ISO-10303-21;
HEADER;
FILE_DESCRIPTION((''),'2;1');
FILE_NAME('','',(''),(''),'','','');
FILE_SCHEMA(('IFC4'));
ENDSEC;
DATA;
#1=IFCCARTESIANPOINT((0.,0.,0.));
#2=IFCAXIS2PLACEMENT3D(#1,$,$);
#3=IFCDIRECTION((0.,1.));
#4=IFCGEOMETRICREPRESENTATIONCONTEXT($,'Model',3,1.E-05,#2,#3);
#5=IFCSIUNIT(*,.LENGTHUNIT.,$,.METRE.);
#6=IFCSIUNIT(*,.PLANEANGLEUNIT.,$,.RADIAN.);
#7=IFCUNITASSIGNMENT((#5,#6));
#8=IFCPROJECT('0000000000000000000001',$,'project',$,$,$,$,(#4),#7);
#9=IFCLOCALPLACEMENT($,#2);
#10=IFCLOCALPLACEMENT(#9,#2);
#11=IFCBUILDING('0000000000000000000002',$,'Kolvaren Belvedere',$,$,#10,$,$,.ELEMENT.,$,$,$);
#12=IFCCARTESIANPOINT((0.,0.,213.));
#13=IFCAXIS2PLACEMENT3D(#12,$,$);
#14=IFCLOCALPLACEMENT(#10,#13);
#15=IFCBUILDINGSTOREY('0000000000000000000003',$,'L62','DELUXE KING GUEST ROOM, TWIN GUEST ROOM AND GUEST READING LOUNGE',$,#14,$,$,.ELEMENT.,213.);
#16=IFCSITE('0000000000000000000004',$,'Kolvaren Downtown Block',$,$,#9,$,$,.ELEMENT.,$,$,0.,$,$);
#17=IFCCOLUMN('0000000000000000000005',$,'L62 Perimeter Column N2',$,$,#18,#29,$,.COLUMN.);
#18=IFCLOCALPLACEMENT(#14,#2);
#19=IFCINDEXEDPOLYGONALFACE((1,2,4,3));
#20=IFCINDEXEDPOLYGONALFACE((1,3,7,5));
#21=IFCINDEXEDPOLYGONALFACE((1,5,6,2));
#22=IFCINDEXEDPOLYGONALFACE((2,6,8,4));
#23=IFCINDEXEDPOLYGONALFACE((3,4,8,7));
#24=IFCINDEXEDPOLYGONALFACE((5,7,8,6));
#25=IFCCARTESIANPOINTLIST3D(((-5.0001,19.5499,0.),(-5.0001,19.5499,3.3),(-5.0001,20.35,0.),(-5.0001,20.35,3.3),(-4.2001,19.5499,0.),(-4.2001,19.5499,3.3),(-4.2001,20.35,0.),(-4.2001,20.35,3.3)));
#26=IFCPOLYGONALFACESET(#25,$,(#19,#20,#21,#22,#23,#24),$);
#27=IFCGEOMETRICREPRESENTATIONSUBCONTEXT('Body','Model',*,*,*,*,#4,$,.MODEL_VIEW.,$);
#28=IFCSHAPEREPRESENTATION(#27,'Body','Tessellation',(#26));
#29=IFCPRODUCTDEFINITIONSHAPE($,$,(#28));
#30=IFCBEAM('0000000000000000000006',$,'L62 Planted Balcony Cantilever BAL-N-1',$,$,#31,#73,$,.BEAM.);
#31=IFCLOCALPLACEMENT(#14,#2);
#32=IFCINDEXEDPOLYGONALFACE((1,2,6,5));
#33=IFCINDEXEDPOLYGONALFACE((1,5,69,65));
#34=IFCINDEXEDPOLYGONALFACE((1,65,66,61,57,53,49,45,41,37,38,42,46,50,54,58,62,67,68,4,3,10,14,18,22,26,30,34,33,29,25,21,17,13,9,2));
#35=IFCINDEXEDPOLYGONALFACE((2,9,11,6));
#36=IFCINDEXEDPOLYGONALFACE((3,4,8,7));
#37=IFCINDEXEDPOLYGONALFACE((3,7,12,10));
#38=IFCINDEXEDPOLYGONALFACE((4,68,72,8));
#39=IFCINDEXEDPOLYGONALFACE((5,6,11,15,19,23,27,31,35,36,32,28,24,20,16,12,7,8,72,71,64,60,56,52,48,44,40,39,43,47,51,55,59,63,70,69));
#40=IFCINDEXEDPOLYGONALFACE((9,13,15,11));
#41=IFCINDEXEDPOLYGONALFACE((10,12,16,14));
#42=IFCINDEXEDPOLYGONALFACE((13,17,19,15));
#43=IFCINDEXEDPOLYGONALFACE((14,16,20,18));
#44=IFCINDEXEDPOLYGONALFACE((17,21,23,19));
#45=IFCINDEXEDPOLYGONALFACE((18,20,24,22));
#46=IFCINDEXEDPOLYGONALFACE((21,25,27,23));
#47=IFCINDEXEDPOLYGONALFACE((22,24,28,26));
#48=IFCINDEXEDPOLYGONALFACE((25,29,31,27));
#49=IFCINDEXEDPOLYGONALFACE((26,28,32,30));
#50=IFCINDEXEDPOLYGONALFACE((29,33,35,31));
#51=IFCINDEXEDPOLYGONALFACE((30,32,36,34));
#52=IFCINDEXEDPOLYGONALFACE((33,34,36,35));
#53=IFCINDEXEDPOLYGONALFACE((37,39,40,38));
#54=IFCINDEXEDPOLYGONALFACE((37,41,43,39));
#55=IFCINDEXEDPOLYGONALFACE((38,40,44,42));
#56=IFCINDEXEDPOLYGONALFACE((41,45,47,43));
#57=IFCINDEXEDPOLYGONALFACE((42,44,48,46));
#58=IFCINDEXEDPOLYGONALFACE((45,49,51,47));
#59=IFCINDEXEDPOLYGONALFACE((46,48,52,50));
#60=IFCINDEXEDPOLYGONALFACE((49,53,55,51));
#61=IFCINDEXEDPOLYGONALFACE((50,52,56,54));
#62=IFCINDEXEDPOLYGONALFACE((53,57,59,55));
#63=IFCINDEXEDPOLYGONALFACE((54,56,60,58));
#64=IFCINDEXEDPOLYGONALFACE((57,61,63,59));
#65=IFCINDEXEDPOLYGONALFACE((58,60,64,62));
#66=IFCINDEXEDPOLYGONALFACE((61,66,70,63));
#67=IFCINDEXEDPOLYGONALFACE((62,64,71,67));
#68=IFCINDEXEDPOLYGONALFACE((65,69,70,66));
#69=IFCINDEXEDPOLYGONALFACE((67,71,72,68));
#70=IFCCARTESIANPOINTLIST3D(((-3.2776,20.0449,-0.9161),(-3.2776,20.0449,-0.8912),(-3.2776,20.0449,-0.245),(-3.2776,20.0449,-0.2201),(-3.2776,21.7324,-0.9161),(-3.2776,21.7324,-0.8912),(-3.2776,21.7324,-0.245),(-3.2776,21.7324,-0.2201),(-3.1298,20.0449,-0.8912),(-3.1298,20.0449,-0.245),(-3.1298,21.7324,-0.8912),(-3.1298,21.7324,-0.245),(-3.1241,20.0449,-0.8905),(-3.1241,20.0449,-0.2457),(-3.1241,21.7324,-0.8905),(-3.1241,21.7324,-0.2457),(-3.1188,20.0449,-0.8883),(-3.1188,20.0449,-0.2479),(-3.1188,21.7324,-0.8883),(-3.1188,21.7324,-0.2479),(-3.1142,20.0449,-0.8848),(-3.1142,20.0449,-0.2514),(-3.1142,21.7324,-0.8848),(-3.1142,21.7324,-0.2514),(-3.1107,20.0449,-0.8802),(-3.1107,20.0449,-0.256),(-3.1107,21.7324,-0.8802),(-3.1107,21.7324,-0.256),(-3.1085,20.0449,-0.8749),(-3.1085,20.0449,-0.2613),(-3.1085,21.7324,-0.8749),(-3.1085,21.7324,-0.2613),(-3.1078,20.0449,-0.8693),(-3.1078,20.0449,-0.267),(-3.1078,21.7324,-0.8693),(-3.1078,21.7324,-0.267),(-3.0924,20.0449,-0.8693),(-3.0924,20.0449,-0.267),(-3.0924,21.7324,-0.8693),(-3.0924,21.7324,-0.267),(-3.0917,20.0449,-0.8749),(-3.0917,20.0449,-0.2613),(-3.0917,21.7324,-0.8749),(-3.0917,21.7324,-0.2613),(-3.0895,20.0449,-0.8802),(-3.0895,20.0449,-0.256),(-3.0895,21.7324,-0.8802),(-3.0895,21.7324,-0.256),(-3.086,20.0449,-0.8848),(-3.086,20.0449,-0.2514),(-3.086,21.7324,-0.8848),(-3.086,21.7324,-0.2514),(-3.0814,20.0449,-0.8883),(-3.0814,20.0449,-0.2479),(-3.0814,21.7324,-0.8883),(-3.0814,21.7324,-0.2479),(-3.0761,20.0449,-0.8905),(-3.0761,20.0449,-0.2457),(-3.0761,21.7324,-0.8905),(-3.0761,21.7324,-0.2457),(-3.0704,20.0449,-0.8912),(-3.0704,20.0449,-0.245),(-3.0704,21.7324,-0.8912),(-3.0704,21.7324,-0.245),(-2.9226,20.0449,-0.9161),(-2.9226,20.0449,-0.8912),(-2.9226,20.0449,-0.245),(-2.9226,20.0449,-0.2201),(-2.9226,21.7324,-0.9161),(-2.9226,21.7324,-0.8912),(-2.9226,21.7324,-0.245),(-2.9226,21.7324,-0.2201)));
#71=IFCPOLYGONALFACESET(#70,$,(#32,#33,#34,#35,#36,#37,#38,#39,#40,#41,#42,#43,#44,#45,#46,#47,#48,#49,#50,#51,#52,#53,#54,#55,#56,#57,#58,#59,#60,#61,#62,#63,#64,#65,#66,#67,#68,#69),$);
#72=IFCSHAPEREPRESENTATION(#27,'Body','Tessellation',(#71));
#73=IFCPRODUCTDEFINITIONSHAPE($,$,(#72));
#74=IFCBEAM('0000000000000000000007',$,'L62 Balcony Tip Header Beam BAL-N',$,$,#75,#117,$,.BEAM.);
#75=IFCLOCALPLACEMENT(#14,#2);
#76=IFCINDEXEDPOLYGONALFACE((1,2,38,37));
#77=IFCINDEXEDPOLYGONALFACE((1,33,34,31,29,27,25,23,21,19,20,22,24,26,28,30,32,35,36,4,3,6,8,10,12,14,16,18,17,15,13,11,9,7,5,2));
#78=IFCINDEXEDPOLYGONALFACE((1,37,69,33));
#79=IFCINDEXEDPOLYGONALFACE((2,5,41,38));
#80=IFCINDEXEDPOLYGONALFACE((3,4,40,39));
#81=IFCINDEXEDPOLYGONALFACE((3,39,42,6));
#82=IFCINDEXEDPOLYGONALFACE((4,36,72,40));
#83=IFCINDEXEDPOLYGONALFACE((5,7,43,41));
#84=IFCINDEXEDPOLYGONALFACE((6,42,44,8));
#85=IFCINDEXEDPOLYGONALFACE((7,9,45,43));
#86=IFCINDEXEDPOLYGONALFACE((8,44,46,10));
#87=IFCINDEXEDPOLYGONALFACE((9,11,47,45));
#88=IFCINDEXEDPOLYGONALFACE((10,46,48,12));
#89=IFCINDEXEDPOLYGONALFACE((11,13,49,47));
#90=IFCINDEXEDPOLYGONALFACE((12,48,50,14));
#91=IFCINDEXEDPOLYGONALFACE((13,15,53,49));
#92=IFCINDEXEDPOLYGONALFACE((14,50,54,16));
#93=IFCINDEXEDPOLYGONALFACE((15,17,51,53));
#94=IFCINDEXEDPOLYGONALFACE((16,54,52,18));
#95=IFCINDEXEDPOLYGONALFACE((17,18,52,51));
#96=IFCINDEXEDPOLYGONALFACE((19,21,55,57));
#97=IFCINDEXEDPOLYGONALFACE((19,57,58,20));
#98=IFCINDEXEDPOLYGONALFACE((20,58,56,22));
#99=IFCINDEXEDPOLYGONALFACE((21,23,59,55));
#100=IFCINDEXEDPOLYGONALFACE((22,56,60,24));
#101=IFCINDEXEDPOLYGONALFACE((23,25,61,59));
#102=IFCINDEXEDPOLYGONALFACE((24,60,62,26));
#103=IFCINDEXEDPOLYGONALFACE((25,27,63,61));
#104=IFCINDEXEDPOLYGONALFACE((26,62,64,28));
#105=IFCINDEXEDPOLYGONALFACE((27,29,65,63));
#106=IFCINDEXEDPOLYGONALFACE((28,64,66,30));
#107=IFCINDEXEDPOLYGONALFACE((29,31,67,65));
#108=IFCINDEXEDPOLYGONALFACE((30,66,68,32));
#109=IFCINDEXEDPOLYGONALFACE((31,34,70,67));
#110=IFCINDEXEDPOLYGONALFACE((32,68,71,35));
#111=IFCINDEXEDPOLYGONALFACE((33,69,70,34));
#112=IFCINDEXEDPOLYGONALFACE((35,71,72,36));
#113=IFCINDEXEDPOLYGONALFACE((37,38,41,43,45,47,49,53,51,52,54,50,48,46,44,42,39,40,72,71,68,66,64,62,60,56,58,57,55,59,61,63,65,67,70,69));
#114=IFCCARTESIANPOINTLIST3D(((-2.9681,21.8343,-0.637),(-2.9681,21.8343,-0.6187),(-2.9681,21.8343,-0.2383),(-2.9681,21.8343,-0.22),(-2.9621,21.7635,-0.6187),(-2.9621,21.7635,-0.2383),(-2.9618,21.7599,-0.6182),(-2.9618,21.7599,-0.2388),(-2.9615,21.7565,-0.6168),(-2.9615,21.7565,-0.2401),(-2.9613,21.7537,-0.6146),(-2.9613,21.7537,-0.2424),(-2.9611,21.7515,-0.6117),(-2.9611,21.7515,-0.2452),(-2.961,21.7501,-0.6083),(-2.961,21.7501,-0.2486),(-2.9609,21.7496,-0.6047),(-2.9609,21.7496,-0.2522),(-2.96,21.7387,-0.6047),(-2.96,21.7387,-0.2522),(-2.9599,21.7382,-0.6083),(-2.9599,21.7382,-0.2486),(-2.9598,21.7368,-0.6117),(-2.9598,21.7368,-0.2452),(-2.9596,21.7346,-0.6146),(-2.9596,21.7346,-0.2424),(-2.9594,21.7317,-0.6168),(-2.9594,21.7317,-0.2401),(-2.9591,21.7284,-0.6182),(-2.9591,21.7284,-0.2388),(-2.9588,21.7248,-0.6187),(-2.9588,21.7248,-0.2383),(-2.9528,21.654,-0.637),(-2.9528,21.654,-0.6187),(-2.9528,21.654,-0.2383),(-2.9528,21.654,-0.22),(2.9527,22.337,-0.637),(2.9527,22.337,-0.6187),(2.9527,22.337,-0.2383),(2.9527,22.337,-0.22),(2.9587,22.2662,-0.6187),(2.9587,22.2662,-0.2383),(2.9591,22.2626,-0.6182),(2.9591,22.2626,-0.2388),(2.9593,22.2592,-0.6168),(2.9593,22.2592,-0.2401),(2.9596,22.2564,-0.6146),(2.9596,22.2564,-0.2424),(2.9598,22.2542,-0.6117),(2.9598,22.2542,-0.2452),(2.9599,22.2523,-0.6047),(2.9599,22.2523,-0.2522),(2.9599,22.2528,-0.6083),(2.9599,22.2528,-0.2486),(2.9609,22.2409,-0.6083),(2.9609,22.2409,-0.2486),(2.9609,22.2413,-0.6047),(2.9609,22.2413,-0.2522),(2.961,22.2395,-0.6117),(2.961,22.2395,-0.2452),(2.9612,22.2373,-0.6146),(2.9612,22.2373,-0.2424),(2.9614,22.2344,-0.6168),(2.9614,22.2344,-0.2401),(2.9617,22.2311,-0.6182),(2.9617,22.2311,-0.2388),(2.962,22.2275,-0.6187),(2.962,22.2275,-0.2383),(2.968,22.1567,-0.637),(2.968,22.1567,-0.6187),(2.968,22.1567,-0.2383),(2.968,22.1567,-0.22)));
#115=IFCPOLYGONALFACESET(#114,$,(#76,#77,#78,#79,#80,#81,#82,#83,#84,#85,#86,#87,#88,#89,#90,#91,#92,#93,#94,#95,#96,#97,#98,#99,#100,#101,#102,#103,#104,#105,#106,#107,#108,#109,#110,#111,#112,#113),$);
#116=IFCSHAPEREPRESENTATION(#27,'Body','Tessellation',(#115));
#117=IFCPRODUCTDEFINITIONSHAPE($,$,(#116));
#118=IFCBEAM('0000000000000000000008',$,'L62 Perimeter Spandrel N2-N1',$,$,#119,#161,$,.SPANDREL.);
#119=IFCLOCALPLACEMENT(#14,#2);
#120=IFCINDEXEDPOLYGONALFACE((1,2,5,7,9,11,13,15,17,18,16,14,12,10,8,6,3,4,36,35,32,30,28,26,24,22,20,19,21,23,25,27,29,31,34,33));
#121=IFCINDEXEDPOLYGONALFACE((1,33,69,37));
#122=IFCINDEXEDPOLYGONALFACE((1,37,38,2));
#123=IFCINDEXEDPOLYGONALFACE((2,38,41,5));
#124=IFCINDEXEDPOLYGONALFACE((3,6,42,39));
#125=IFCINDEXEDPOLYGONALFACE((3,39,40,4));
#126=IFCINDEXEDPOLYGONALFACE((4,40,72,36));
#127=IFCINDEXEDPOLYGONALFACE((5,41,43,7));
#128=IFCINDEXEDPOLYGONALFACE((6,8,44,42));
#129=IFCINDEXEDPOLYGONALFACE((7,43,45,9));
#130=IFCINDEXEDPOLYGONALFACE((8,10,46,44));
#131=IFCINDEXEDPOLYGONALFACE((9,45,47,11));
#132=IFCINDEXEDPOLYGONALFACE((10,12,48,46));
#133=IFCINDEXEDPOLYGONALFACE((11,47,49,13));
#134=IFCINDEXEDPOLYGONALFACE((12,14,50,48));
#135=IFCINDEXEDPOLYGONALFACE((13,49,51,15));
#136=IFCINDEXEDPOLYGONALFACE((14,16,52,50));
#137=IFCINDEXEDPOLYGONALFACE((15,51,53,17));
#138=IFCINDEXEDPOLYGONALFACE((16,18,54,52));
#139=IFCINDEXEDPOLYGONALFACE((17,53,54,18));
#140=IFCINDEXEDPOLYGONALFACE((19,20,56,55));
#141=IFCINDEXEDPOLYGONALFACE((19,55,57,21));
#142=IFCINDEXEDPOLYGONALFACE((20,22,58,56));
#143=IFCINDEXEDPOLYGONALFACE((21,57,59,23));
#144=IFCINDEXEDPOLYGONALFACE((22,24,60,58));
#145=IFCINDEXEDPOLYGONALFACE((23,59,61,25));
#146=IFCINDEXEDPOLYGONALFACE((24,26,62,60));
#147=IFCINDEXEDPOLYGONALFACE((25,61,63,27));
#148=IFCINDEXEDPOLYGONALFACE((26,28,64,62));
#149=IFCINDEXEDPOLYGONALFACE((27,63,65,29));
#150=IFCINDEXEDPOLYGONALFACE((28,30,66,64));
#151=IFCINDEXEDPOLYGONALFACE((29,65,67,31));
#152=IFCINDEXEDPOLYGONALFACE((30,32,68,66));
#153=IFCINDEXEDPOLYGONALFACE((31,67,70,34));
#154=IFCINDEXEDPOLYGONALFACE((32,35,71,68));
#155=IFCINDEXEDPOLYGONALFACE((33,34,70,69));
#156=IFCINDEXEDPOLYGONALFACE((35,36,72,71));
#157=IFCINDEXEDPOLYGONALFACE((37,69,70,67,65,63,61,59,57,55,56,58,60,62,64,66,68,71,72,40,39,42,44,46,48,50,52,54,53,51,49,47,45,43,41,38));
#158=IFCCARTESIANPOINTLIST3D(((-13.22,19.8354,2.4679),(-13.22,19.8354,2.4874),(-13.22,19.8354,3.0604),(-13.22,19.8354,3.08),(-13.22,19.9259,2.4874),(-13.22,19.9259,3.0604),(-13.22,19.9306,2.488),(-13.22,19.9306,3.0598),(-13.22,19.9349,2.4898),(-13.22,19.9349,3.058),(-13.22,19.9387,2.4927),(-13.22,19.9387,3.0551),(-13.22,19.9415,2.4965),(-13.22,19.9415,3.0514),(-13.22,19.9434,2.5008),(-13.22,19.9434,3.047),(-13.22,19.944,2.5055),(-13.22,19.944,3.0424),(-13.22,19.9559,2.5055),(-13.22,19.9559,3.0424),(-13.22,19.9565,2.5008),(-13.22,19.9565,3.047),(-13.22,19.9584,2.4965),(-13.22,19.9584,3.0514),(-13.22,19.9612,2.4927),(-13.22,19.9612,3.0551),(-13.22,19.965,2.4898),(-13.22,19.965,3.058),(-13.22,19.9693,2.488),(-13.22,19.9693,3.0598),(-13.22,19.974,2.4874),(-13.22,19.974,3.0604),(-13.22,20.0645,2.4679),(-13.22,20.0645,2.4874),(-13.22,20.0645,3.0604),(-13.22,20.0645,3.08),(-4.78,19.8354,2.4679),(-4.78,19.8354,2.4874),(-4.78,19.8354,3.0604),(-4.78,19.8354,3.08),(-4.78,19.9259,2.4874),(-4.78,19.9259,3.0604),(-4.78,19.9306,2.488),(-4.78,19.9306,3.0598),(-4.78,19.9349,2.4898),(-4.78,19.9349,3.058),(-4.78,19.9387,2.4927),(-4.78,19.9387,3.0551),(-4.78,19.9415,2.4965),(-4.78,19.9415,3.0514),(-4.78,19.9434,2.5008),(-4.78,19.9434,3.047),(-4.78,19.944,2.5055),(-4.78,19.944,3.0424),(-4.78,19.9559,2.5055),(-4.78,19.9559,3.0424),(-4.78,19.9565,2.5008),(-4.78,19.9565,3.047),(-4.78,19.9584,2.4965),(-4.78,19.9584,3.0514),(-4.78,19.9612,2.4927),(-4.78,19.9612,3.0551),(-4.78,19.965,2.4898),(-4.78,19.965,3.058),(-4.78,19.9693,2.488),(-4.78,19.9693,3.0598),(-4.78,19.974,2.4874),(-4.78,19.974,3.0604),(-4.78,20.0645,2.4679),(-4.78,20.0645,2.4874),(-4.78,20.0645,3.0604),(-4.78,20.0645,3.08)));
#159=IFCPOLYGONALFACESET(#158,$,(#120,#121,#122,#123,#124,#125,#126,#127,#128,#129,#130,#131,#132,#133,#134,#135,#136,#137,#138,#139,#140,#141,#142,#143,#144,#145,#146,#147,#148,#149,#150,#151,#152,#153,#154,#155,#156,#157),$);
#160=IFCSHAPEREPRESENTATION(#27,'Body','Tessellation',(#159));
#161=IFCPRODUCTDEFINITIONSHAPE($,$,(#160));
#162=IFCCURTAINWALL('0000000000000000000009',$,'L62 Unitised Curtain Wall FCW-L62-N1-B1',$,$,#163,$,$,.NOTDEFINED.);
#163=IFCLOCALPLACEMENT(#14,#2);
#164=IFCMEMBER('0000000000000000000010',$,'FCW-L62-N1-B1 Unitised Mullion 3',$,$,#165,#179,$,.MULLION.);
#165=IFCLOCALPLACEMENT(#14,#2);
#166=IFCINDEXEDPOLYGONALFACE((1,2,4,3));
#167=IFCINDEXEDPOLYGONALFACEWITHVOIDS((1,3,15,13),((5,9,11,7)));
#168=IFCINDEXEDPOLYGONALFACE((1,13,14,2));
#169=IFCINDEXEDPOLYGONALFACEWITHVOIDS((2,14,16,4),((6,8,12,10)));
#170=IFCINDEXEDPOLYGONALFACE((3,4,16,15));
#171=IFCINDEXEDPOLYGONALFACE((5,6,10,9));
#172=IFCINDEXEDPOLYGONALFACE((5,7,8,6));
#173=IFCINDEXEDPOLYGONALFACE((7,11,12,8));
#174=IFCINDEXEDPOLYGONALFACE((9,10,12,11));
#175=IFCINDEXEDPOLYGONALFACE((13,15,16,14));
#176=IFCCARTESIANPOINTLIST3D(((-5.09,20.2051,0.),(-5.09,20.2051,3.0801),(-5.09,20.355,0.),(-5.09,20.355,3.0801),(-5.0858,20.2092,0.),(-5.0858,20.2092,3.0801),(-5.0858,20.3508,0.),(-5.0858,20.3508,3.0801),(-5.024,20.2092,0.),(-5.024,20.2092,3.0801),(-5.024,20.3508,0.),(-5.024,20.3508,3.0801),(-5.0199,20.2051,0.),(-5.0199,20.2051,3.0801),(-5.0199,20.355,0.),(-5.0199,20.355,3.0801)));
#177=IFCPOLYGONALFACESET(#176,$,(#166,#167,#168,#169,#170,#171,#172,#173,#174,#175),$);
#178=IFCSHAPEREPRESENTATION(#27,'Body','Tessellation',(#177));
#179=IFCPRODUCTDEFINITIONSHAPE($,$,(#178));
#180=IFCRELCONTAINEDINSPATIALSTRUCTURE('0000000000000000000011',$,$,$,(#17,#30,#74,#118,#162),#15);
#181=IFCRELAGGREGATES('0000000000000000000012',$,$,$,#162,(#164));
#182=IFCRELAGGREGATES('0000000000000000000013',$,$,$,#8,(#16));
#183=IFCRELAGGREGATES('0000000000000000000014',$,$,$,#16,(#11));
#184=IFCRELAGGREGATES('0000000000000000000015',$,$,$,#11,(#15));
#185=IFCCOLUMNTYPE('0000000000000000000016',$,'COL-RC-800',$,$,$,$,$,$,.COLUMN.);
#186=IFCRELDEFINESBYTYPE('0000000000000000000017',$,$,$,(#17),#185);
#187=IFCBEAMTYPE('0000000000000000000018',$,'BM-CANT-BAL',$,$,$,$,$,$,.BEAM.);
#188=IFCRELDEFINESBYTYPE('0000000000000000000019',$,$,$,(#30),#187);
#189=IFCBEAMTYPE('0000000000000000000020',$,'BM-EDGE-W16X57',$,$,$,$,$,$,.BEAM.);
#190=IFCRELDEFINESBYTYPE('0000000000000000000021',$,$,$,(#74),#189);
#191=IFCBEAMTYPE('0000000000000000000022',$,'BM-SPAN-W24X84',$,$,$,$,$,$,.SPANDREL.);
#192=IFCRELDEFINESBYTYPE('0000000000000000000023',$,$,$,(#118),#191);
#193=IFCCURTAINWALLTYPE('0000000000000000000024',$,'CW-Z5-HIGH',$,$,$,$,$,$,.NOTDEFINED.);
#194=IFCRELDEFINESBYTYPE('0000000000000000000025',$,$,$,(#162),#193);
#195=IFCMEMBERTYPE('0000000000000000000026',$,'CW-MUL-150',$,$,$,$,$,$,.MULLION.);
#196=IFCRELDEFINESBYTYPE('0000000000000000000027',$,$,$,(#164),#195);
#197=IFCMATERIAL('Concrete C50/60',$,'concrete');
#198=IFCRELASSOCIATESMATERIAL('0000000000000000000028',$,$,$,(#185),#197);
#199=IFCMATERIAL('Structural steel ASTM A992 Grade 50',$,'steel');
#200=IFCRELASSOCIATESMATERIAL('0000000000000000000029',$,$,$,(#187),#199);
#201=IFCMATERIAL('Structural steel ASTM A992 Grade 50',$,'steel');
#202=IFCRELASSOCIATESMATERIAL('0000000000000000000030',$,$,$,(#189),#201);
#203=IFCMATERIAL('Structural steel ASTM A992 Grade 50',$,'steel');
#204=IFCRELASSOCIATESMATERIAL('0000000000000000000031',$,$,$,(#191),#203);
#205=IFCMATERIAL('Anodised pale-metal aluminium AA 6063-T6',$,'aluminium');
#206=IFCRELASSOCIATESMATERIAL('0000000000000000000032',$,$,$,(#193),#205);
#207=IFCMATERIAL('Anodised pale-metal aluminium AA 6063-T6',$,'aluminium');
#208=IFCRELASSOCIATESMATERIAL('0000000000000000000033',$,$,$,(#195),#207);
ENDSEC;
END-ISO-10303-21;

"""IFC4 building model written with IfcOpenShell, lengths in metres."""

from ifc_helpers import new_model, si_unit, direction, frame, origin, origin_2d, place, context, subcontext, project, spatial, rectangle, hollow_rectangle, i_section, extrude, material, material_profile, profile_set, type_object, element, aggregate, save


model = new_model("IFC4")

# Units and contexts
model_context = context("Model", 3, precision=1e-05, world=origin(), true_north=direction((0.0, 1.0)))
body_context = subcontext(model_context, "Body", "Model", "MODEL_VIEW")
ifc_project = project(units=[si_unit("LENGTHUNIT", "METRE"), si_unit("PLANEANGLEUNIT", "RADIAN")], contexts=[model_context])

# Site, building, storey
site_placement = place(None, origin())
site = spatial("IfcSite", under=ifc_project, at=site_placement, Name="Kolvaren Downtown Block", CompositionType="ELEMENT", RefElevation=0.0)
building_placement = place(site_placement, origin())
building = spatial("IfcBuilding", under=site, at=building_placement, Name="Kolvaren Belvedere", CompositionType="ELEMENT")
storey_placement = place(building_placement, frame((0.0, 0.0, 213.0)))
storey = spatial("IfcBuildingStorey", under=building, at=storey_placement, Name="L62", Description="DELUXE KING GUEST ROOM, TWIN GUEST ROOM AND GUEST READING LOUNGE", CompositionType="ELEMENT", Elevation=213.0)

# Column
ifc_material_1 = material(Name="Concrete C50/60", Category="concrete")
ifc_material_profile_1 = material_profile(ifc_material_1, rectangle(XDim=0.8, YDim=0.8, at=origin_2d()), Name="RC 800X800")
ifc_profile_set_1 = profile_set([ifc_material_profile_1], Name="Concrete C50/60")
column_type = type_object("IfcColumnType", Name="COL-RC-800", PredefinedType="COLUMN", material=ifc_profile_set_1)
column_placement = place(storey_placement, frame((-4.6001, 19.95, 0.0), z_axis=(0.0, 0.0, 1.0), x_axis=(1.0, 0.0, 0.0)))
element("IfcColumn", 1, at=column_placement, inside=storey, type_object=column_type, Name="L62 Perimeter Column N2", PredefinedType="COLUMN", context=body_context, shape_type="SweptSolid", body=[
    extrude(rectangle(XDim=0.8, YDim=0.8, at=origin_2d()), origin(), (0.0, 0.0, 1.0), 3.3),
])

# Beams
ifc_material_2 = material(Name="Structural steel ASTM A992 Grade 50", Category="steel")
ifc_material_profile_2 = material_profile(ifc_material_2, i_section(OverallWidth=0.355, OverallDepth=0.696, WebThickness=0.0154, FlangeThickness=0.0249, FilletRadius=0.022, at=origin_2d()), Name="W27X146")
ifc_profile_set_2 = profile_set([ifc_material_profile_2], Name="Structural steel ASTM A992 Grade 50")
beam_type_1 = type_object("IfcBeamType", Name="BM-CANT-BAL", PredefinedType="BEAM", material=ifc_profile_set_2)
beam_1_placement = place(storey_placement, frame((-3.1001, 20.0449, -0.5681), z_axis=(0.0, 1.0, 0.0), x_axis=(-1.0, 0.0, 0.0)))
element("IfcBeam", 2, at=beam_1_placement, inside=storey, type_object=beam_type_1, Name="L62 Planted Balcony Cantilever BAL-N-1", PredefinedType="BEAM", context=body_context, shape_type="SweptSolid", body=[
    extrude(i_section(OverallWidth=0.355, OverallDepth=0.696, WebThickness=0.0154, FlangeThickness=0.0249, FilletRadius=0.022, at=origin_2d()), origin(), (0.0, 0.0, 1.0), 1.6875),
])
ifc_material_3 = material(Name="Structural steel ASTM A992 Grade 50", Category="steel")
ifc_material_profile_3 = material_profile(ifc_material_3, i_section(OverallWidth=0.1809, OverallDepth=0.417, WebThickness=0.011, FlangeThickness=0.0183, FilletRadius=0.0139, at=origin_2d()), Name="W16X57")
ifc_profile_set_3 = profile_set([ifc_material_profile_3], Name="Structural steel ASTM A992 Grade 50")
beam_type_2 = type_object("IfcBeamType", Name="BM-EDGE-W16X57", PredefinedType="BEAM", material=ifc_profile_set_3)
beam_2_placement = place(storey_placement, frame((-2.9604, 21.7441, -0.4285), z_axis=(0.996415, 0.084596, 0.0), x_axis=(-0.084596, 0.996415, 0.0)))
element("IfcBeam", 3, at=beam_2_placement, inside=storey, type_object=beam_type_2, Name="L62 Balcony Tip Header Beam BAL-N", PredefinedType="BEAM", context=body_context, shape_type="SweptSolid", body=[
    extrude(i_section(OverallWidth=0.1809, OverallDepth=0.417, WebThickness=0.011, FlangeThickness=0.0183, FilletRadius=0.0139, at=origin_2d()), origin(), (0.0, 0.0, 1.0), 5.9421),
])
ifc_material_4 = material(Name="Structural steel ASTM A992 Grade 50", Category="steel")
ifc_material_profile_4 = material_profile(ifc_material_4, i_section(OverallWidth=0.229, OverallDepth=0.6121, WebThickness=0.012, FlangeThickness=0.0195, FilletRadius=0.0181, at=origin_2d()), Name="W24X84")
ifc_profile_set_4 = profile_set([ifc_material_profile_4], Name="Structural steel ASTM A992 Grade 50")
beam_type_3 = type_object("IfcBeamType", Name="BM-SPAN-W24X84", PredefinedType="SPANDREL", material=ifc_profile_set_4)
beam_3_placement = place(storey_placement, frame((-4.78, 19.95, 2.7739), z_axis=(-1.0, 0.0, 0.0), x_axis=(0.0, -1.0, 0.0)))
element("IfcBeam", 4, at=beam_3_placement, inside=storey, type_object=beam_type_3, Name="L62 Perimeter Spandrel N2-N1", PredefinedType="SPANDREL", context=body_context, shape_type="SweptSolid", body=[
    extrude(i_section(OverallWidth=0.229, OverallDepth=0.6121, WebThickness=0.012, FlangeThickness=0.0195, FilletRadius=0.0181, at=origin_2d()), origin(), (0.0, 0.0, 1.0), 8.4399),
])

# Curtain wall, member
ifc_material_5 = material(Name="Anodised pale-metal aluminium AA 6063-T6", Category="aluminium")
curtain_wall_type = type_object("IfcCurtainWallType", Name="CW-Z5-HIGH", PredefinedType="NOTDEFINED", material=ifc_material_5)
curtain_wall_1_placement = place(storey_placement, origin())
curtain_wall_1 = element("IfcCurtainWall", 5, at=curtain_wall_1_placement, inside=storey, type_object=curtain_wall_type, Name="L62 Unitised Curtain Wall FCW-L62-N1-B1", PredefinedType="NOTDEFINED")
ifc_material_6 = material(Name="Anodised pale-metal aluminium AA 6063-T6", Category="aluminium")
ifc_material_profile_5 = material_profile(ifc_material_6, hollow_rectangle(XDim=0.0701, YDim=0.1499, WallThickness=0.0042, at=origin_2d()), Name="ALU-MUL-150X70")
ifc_profile_set_5 = profile_set([ifc_material_profile_5], Name="Anodised pale-metal aluminium AA 6063-T6")
member_type_1 = type_object("IfcMemberType", Name="CW-MUL-150", PredefinedType="MULLION", material=ifc_profile_set_5)
member_1_placement = place(storey_placement, frame((-5.0549, 20.28, 0.0), z_axis=(0.0, 0.0, 1.0), x_axis=(1.0, 0.0, 0.0)))
member_1 = element("IfcMember", 6, at=member_1_placement, type_object=member_type_1, Name="FCW-L62-N1-B1 Unitised Mullion 3", PredefinedType="MULLION", context=body_context, shape_type="SweptSolid", body=[
    extrude(hollow_rectangle(XDim=0.0701, YDim=0.1499, WallThickness=0.0042, at=origin_2d()), origin(), (0.0, 0.0, 1.0), 3.0801),
])
aggregate(curtain_wall_1, [member_1])

save(model, "model.ifc")
